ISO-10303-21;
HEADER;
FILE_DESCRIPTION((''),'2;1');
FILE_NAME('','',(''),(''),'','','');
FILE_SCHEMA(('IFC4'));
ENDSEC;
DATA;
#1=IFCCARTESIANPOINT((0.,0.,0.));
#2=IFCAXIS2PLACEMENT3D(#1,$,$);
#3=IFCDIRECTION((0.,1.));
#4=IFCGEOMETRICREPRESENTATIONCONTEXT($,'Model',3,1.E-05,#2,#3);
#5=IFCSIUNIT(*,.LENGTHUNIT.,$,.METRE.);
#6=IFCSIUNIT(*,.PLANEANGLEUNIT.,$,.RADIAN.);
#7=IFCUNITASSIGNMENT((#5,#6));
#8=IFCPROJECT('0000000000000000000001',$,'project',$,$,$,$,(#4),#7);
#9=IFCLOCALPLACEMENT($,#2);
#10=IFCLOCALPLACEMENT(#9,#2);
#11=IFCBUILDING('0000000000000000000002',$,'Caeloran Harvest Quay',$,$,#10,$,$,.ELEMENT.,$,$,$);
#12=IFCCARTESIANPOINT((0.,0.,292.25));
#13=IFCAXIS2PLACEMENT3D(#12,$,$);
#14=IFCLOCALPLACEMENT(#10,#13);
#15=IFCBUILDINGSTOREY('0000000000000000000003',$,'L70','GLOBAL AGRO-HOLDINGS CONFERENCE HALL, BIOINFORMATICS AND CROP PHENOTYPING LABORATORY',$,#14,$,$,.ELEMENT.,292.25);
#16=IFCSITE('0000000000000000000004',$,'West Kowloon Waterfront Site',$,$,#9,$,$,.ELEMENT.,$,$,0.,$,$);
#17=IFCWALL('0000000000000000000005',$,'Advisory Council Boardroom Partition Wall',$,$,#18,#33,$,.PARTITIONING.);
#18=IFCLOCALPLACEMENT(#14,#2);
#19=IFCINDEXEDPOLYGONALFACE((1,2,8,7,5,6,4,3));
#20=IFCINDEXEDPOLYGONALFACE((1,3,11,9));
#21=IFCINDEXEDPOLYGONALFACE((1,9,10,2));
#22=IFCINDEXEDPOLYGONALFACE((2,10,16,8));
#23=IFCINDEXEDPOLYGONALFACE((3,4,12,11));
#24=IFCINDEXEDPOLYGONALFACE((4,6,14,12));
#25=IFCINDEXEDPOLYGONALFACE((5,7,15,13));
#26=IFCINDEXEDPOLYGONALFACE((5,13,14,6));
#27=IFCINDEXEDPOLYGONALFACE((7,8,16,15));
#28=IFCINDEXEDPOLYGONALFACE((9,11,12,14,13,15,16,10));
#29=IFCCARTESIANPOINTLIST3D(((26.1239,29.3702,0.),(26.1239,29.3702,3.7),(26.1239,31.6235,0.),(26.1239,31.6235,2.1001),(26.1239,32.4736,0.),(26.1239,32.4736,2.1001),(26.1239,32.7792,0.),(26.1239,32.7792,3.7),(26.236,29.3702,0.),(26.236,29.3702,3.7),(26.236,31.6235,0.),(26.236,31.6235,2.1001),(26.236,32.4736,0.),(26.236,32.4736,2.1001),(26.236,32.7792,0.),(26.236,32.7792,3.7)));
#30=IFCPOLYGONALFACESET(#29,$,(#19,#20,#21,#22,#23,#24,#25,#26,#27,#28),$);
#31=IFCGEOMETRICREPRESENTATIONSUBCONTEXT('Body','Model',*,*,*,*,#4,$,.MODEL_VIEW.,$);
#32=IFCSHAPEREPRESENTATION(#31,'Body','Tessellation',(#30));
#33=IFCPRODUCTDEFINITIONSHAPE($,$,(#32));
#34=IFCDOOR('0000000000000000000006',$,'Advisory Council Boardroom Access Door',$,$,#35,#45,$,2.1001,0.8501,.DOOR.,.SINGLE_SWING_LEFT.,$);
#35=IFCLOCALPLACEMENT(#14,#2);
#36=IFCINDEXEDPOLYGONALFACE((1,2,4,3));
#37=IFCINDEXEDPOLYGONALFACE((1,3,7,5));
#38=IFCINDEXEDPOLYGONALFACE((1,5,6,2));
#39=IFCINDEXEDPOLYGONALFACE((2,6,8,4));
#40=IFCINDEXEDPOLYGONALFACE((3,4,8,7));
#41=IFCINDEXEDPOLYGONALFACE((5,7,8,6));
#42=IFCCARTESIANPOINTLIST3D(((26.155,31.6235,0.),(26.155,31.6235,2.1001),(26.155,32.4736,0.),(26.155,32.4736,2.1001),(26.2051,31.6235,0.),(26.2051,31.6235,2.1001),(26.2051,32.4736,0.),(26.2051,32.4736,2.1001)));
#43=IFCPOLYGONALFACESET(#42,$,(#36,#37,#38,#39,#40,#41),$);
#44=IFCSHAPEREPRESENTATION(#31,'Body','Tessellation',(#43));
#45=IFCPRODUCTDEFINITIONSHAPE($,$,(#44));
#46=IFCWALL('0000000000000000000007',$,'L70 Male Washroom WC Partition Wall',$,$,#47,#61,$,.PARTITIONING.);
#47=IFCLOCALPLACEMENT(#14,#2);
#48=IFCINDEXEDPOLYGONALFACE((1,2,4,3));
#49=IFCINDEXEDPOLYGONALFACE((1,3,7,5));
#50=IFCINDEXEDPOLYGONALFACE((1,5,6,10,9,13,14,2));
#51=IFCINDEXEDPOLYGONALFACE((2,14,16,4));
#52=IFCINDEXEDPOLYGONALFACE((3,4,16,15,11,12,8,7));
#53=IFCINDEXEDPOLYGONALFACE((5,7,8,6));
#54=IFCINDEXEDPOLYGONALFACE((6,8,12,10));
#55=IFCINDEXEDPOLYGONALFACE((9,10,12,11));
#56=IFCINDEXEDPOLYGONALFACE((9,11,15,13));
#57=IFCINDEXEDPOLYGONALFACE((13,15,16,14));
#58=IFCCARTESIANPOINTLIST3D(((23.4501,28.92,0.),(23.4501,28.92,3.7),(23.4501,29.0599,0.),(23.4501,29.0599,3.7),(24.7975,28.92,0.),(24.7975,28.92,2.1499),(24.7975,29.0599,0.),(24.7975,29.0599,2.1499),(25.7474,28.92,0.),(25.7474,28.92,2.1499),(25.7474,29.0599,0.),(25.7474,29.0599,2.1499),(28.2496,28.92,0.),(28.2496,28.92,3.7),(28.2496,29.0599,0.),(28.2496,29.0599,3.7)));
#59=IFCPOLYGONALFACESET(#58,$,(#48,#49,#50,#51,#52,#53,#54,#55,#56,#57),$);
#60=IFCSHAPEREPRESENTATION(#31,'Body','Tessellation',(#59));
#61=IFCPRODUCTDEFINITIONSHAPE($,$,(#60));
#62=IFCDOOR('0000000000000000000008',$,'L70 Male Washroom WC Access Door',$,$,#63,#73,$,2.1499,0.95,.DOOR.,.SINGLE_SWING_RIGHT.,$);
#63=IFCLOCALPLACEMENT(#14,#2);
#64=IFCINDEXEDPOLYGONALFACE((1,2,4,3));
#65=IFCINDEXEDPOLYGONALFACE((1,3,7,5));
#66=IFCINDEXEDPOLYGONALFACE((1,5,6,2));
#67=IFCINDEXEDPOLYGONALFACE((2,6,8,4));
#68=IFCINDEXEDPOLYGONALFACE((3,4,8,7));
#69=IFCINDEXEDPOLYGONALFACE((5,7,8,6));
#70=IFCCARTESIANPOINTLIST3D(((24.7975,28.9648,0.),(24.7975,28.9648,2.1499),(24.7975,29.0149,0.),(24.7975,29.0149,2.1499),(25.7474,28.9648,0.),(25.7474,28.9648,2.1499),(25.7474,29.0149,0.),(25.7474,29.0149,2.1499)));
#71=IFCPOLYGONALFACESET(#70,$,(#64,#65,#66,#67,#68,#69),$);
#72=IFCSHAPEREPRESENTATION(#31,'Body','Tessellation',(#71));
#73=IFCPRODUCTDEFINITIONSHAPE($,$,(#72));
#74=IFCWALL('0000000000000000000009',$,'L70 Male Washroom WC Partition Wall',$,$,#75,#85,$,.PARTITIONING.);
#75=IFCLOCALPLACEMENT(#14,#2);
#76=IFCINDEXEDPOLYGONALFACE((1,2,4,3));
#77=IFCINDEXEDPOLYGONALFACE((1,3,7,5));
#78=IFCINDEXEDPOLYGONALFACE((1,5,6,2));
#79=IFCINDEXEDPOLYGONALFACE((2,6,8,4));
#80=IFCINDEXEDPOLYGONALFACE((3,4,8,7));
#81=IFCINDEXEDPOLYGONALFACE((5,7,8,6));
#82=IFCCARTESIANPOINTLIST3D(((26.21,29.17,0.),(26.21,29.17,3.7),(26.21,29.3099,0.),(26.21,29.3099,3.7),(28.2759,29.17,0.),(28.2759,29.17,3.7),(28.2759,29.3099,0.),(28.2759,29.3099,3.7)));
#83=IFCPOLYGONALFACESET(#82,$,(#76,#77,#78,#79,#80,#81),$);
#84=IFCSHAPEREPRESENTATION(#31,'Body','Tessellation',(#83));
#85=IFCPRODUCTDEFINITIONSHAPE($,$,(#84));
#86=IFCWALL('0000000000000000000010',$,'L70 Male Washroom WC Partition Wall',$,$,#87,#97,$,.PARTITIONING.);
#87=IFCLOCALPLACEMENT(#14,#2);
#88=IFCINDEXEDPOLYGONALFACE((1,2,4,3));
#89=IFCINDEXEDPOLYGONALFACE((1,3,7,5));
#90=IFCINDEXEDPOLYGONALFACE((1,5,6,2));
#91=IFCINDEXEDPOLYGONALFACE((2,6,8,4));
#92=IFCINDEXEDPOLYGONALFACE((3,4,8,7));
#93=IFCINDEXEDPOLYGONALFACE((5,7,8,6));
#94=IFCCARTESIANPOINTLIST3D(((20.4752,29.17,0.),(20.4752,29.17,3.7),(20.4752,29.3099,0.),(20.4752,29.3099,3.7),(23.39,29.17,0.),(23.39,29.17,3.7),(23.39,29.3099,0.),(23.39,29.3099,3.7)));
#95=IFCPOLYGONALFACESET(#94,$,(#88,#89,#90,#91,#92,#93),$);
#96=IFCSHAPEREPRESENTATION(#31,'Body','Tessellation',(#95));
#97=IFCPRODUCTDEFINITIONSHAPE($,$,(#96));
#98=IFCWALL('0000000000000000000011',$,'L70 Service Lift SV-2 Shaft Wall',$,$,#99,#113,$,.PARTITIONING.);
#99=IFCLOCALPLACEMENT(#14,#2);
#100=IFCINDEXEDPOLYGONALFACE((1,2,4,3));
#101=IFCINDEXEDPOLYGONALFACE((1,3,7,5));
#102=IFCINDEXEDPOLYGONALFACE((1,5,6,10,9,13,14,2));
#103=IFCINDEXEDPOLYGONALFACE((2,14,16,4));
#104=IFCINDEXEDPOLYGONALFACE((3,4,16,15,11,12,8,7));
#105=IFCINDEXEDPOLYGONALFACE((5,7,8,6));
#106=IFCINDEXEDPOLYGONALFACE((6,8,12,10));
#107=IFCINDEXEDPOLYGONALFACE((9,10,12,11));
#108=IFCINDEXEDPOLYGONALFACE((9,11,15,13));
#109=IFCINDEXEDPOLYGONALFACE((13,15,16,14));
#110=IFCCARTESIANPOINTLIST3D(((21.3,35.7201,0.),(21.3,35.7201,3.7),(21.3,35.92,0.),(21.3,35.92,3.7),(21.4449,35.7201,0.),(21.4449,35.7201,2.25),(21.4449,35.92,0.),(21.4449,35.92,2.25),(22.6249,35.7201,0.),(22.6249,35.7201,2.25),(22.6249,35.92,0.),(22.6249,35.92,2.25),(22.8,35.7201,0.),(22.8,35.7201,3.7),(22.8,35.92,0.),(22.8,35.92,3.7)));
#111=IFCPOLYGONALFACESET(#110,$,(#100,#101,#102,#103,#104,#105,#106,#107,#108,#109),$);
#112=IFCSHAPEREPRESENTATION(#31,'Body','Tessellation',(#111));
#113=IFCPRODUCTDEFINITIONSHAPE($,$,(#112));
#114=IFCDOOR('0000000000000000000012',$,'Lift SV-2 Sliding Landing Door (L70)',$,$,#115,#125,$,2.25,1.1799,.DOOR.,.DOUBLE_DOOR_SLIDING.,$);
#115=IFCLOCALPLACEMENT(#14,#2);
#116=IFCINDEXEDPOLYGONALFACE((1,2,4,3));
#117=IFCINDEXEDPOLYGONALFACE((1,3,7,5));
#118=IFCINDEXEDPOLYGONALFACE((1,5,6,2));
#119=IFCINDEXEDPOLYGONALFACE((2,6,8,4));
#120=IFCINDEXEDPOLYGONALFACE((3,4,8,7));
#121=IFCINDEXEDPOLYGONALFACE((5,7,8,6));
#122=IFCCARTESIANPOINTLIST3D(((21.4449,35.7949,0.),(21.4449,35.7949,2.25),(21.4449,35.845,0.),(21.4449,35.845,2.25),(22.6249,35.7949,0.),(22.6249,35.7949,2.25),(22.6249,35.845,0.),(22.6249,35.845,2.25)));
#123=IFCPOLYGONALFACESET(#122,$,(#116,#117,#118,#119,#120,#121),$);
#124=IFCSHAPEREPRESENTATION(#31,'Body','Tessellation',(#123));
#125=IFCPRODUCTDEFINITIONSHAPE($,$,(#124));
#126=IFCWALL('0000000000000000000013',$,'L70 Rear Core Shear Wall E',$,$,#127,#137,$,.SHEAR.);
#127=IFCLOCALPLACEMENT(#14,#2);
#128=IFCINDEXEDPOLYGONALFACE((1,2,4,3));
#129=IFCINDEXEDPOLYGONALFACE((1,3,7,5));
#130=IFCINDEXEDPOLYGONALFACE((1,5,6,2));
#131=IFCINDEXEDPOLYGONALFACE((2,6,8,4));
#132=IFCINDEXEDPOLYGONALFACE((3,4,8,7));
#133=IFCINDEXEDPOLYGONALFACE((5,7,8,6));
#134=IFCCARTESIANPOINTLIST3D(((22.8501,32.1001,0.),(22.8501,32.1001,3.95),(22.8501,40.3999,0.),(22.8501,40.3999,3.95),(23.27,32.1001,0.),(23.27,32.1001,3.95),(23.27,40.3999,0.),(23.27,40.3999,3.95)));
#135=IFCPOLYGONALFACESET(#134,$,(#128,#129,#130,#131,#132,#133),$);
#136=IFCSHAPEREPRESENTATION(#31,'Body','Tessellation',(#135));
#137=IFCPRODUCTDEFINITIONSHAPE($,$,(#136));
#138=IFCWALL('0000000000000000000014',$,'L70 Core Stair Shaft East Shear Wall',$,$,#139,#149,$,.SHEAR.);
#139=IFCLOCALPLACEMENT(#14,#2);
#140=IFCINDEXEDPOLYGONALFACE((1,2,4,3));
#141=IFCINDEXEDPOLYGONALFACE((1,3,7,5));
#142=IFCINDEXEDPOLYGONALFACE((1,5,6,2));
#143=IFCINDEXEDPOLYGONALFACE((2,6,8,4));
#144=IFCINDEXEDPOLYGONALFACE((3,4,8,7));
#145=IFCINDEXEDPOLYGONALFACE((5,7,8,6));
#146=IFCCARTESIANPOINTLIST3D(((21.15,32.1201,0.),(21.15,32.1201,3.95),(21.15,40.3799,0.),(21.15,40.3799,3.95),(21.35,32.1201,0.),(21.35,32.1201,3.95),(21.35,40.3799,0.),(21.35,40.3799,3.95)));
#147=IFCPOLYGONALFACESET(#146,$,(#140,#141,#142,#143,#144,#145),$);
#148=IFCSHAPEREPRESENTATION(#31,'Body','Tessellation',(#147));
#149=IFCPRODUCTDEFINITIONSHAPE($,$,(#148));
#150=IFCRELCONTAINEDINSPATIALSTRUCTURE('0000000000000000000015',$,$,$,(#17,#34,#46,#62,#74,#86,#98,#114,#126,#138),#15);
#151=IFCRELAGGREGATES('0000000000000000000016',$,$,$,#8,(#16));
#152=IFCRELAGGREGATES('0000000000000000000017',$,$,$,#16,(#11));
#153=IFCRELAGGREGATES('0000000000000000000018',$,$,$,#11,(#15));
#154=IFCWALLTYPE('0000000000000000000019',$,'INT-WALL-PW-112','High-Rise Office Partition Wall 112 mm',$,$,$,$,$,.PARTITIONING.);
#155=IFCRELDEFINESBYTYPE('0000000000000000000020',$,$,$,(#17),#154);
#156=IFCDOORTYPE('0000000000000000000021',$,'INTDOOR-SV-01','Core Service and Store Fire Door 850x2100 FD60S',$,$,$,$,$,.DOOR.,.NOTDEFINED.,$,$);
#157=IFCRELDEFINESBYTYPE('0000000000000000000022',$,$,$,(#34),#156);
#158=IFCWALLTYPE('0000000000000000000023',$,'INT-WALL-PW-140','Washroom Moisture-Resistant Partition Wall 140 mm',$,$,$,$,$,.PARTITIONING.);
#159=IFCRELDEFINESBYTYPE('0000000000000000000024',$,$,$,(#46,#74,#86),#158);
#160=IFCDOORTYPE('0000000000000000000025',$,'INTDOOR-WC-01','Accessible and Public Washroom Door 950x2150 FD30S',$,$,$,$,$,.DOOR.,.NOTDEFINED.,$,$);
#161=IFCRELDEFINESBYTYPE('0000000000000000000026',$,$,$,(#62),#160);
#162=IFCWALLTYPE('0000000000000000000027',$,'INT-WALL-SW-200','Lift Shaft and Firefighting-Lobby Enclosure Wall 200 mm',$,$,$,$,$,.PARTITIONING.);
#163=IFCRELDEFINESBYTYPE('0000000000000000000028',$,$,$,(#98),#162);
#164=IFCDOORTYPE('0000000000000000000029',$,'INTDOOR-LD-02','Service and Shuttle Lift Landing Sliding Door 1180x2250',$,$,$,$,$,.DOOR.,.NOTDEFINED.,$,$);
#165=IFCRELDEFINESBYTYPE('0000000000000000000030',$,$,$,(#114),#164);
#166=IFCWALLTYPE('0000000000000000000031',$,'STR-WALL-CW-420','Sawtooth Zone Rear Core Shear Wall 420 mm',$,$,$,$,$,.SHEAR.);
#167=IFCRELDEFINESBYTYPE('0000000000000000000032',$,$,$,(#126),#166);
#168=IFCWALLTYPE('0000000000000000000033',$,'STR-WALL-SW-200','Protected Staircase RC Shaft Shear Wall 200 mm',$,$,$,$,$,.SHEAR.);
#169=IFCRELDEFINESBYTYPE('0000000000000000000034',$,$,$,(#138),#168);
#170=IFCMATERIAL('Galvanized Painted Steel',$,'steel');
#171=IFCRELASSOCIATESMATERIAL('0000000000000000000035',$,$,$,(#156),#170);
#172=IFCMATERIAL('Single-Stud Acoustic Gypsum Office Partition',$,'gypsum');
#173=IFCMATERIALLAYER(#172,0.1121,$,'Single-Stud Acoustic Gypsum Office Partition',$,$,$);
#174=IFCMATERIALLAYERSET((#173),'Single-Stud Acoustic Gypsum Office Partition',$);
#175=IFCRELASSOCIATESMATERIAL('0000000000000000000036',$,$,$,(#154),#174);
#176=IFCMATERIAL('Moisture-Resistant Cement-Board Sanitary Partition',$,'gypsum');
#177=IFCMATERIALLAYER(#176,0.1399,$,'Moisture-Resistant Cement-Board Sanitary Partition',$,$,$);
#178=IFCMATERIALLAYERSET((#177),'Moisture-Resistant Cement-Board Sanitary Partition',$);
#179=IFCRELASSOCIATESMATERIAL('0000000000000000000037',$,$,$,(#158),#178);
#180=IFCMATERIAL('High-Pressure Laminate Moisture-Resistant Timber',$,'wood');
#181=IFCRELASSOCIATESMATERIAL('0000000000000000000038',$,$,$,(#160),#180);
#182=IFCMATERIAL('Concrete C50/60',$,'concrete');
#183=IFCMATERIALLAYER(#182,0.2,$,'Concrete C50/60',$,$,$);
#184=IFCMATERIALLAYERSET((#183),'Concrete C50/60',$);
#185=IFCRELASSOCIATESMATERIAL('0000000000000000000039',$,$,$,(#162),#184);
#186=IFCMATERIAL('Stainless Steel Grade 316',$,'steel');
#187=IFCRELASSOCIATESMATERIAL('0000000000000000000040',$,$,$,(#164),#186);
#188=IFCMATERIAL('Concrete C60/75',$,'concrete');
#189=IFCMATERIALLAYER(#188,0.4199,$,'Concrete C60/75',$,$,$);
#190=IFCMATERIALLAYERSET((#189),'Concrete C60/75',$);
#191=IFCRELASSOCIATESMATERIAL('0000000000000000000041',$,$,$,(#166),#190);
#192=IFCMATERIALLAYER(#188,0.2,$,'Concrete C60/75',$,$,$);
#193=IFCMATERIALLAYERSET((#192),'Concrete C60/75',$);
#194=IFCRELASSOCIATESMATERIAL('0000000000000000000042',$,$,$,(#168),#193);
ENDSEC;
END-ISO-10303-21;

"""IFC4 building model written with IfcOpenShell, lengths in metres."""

from ifc_helpers import new_model, si_unit, direction, frame, frame_2d, origin, place, context, subcontext, project, spatial, rectangle, extrude, material, layer, layer_set, type_object, element, fill, save


model = new_model("IFC4")

# Units and contexts
model_context = context("Model", 3, precision=1e-05, world=origin(), true_north=direction((0.0, 1.0)))
body_context = subcontext(model_context, "Body", "Model", "MODEL_VIEW")
ifc_project = project(units=[si_unit("LENGTHUNIT", "METRE"), si_unit("PLANEANGLEUNIT", "RADIAN")], contexts=[model_context])

# Site, building, storey
site_placement = place(None, origin())
site = spatial("IfcSite", under=ifc_project, at=site_placement, Name="West Kowloon Waterfront Site", CompositionType="ELEMENT", RefElevation=0.0)
building_placement = place(site_placement, origin())
building = spatial("IfcBuilding", under=site, at=building_placement, Name="Caeloran Harvest Quay", CompositionType="ELEMENT")
storey_placement = place(building_placement, frame((0.0, 0.0, 292.25)))
storey = spatial("IfcBuildingStorey", under=building, at=storey_placement, Name="L70", Description="GLOBAL AGRO-HOLDINGS CONFERENCE HALL, BIOINFORMATICS AND CROP PHENOTYPING LABORATORY", CompositionType="ELEMENT", Elevation=292.25)

# Shared definitions
ifc_material_1 = material(Name="Concrete C60/75", Category="concrete")

# Shared definitions
ifc_material_2 = material(Name="Galvanized Painted Steel", Category="steel")
door_type_1 = type_object("IfcDoorType", Name="INTDOOR-SV-01", Description="Core Service and Store Fire Door 850x2100 FD60S", OperationType="NOTDEFINED", PredefinedType="DOOR", material=ifc_material_2)
ifc_material_3 = material(Name="Single-Stud Acoustic Gypsum Office Partition", Category="gypsum")
ifc_layer_1 = layer(ifc_material_3, 0.1121, Name="Single-Stud Acoustic Gypsum Office Partition")
ifc_layer_set_1 = layer_set([ifc_layer_1], Name="Single-Stud Acoustic Gypsum Office Partition")
wall_type_1 = type_object("IfcWallType", Name="INT-WALL-PW-112", Description="High-Rise Office Partition Wall 112 mm", PredefinedType="PARTITIONING", material=ifc_layer_set_1)

# Walls, openings, doors
wall_1_placement = place(storey_placement, frame((26.1799, 29.3701, 0.0), z_axis=(0.0, 0.0, 1.0), x_axis=(0.0, 1.0, 0.0)))
wall_1 = element("IfcWall", 1, at=wall_1_placement, inside=storey, type_object=wall_type_1, Name="Advisory Council Boardroom Partition Wall", PredefinedType="PARTITIONING", context=body_context, shape_type="SweptSolid", body=[
    extrude(rectangle(XDim=3.4089, YDim=0.1121, at=frame_2d((1.7046, 0.0))), origin(), (0.0, 0.0, 1.0), 3.7),
])
opening_1_placement = place(wall_1_placement, frame((2.2534, 0.0, 0.0)))
opening_1 = element("IfcOpeningElement", 2, at=opening_1_placement, cuts=wall_1, PredefinedType="OPENING", context=body_context, shape_type="SweptSolid", body=[
    extrude(rectangle(XDim=0.8501, YDim=2.1001, at=frame_2d((0.425, 1.05))), frame((0.0, 0.0659, 0.0), z_axis=(0.0, -1.0, 0.0), x_axis=(1.0, 0.0, 0.0)), (0.0, 0.0, 1.0), 0.1321),
])
door_1_placement = place(opening_1_placement, origin())
door_1 = element("IfcDoor", 3, at=door_1_placement, inside=storey, type_object=door_type_1, Name="Advisory Council Boardroom Access Door", OperationType="SINGLE_SWING_LEFT", OverallHeight=2.1001, OverallWidth=0.8501, PredefinedType="DOOR", context=body_context, shape_type="SweptSolid", body=[
    extrude(rectangle(XDim=0.8501, YDim=2.1001, at=frame_2d((0.425, 1.05))), frame((0.0, 0.0249, 0.0), z_axis=(0.0, -1.0, 0.0), x_axis=(1.0, 0.0, 0.0)), (0.0, 0.0, 1.0), 0.05),
])
fill(opening_1, door_1)
ifc_material_4 = material(Name="Moisture-Resistant Cement-Board Sanitary Partition", Category="gypsum")
ifc_layer_2 = layer(ifc_material_4, 0.1399, Name="Moisture-Resistant Cement-Board Sanitary Partition")
ifc_layer_set_2 = layer_set([ifc_layer_2], Name="Moisture-Resistant Cement-Board Sanitary Partition")
wall_type_2 = type_object("IfcWallType", Name="INT-WALL-PW-140", Description="Washroom Moisture-Resistant Partition Wall 140 mm", PredefinedType="PARTITIONING", material=ifc_layer_set_2)
wall_2_placement = place(storey_placement, frame((23.45, 28.99, 0.0), z_axis=(0.0, 0.0, 1.0), x_axis=(1.0, 0.0, 0.0)))
wall_2 = element("IfcWall", 4, at=wall_2_placement, inside=storey, type_object=wall_type_2, Name="L70 Male Washroom WC Partition Wall", PredefinedType="PARTITIONING", context=body_context, shape_type="SweptSolid", body=[
    extrude(rectangle(XDim=4.7996, YDim=0.1399, at=frame_2d((2.3999, 0.0))), origin(), (0.0, 0.0, 1.0), 3.7),
])
opening_2_placement = place(wall_2_placement, frame((1.3474, 0.0, 0.0)))
opening_2 = element("IfcOpeningElement", 5, at=opening_2_placement, cuts=wall_2, PredefinedType="OPENING", context=body_context, shape_type="SweptSolid", body=[
    extrude(rectangle(XDim=0.95, YDim=2.1499, at=frame_2d((0.4751, 1.075))), frame((0.0, 0.0801, 0.0), z_axis=(0.0, -1.0, 0.0), x_axis=(1.0, 0.0, 0.0)), (0.0, 0.0, 1.0), 0.1599),
])
ifc_material_5 = material(Name="High-Pressure Laminate Moisture-Resistant Timber", Category="wood")
door_type_2 = type_object("IfcDoorType", Name="INTDOOR-WC-01", Description="Accessible and Public Washroom Door 950x2150 FD30S", OperationType="NOTDEFINED", PredefinedType="DOOR", material=ifc_material_5)
door_2_placement = place(opening_2_placement, origin())
door_2 = element("IfcDoor", 6, at=door_2_placement, inside=storey, type_object=door_type_2, Name="L70 Male Washroom WC Access Door", OperationType="SINGLE_SWING_RIGHT", OverallHeight=2.1499, OverallWidth=0.95, PredefinedType="DOOR", context=body_context, shape_type="SweptSolid", body=[
    extrude(rectangle(XDim=0.95, YDim=2.1499, at=frame_2d((0.4751, 1.075))), frame((0.0, 0.0249, 0.0), z_axis=(0.0, -1.0, 0.0), x_axis=(1.0, 0.0, 0.0)), (0.0, 0.0, 1.0), 0.05),
])
fill(opening_2, door_2)

# Walls
wall_3_placement = place(storey_placement, frame((26.21, 29.24, 0.0), z_axis=(0.0, 0.0, 1.0), x_axis=(1.0, 0.0, 0.0)))
element("IfcWall", 7, at=wall_3_placement, inside=storey, type_object=wall_type_2, Name="L70 Male Washroom WC Partition Wall", PredefinedType="PARTITIONING", context=body_context, shape_type="SweptSolid", body=[
    extrude(rectangle(XDim=2.0659, YDim=0.1399, at=frame_2d((1.033, 0.0))), origin(), (0.0, 0.0, 1.0), 3.7),
])
wall_4_placement = place(storey_placement, frame((20.4751, 29.24, 0.0), z_axis=(0.0, 0.0, 1.0), x_axis=(1.0, 0.0, 0.0)))
element("IfcWall", 8, at=wall_4_placement, inside=storey, type_object=wall_type_2, Name="L70 Male Washroom WC Partition Wall", PredefinedType="PARTITIONING", context=body_context, shape_type="SweptSolid", body=[
    extrude(rectangle(XDim=2.9148, YDim=0.1399, at=frame_2d((1.4575, 0.0))), origin(), (0.0, 0.0, 1.0), 3.7),
])

# Wall, opening, door
ifc_material_6 = material(Name="Concrete C50/60", Category="concrete")
ifc_layer_3 = layer(ifc_material_6, 0.2, Name="Concrete C50/60")
ifc_layer_set_3 = layer_set([ifc_layer_3], Name="Concrete C50/60")
wall_type_3 = type_object("IfcWallType", Name="INT-WALL-SW-200", Description="Lift Shaft and Firefighting-Lobby Enclosure Wall 200 mm", PredefinedType="PARTITIONING", material=ifc_layer_set_3)
wall_5_placement = place(storey_placement, frame((21.3, 35.8201, 0.0), z_axis=(0.0, 0.0, 1.0), x_axis=(1.0, 0.0, 0.0)))
wall_5 = element("IfcWall", 9, at=wall_5_placement, inside=storey, type_object=wall_type_3, Name="L70 Service Lift SV-2 Shaft Wall", PredefinedType="PARTITIONING", context=body_context, shape_type="SweptSolid", body=[
    extrude(rectangle(XDim=1.5, YDim=0.2, at=frame_2d((0.75, 0.0))), origin(), (0.0, 0.0, 1.0), 3.7),
])
opening_3_placement = place(wall_5_placement, frame((0.145, 0.0, 0.0)))
opening_3 = element("IfcOpeningElement", 10, at=opening_3_placement, cuts=wall_5, PredefinedType="OPENING", context=body_context, shape_type="SweptSolid", body=[
    extrude(rectangle(XDim=1.1799, YDim=2.25, at=frame_2d((0.5898, 1.125))), frame((0.0, 0.1099, 0.0), z_axis=(0.0, -1.0, 0.0), x_axis=(1.0, 0.0, 0.0)), (0.0, 0.0, 1.0), 0.22),
])
ifc_material_7 = material(Name="Stainless Steel Grade 316", Category="steel")
door_type_3 = type_object("IfcDoorType", Name="INTDOOR-LD-02", Description="Service and Shuttle Lift Landing Sliding Door 1180x2250", OperationType="NOTDEFINED", PredefinedType="DOOR", material=ifc_material_7)
door_3_placement = place(opening_3_placement, origin())
door_3 = element("IfcDoor", 11, at=door_3_placement, inside=storey, type_object=door_type_3, Name="Lift SV-2 Sliding Landing Door (L70)", OperationType="DOUBLE_DOOR_SLIDING", OverallHeight=2.25, OverallWidth=1.1799, PredefinedType="DOOR", context=body_context, shape_type="SweptSolid", body=[
    extrude(rectangle(XDim=1.1799, YDim=2.25, at=frame_2d((0.5898, 1.125))), frame((0.0, 0.0249, 0.0), z_axis=(0.0, -1.0, 0.0), x_axis=(1.0, 0.0, 0.0)), (0.0, 0.0, 1.0), 0.05),
])
fill(opening_3, door_3)

# Walls
ifc_layer_4 = layer(ifc_material_1, 0.4199, Name="Concrete C60/75")
ifc_layer_set_4 = layer_set([ifc_layer_4], Name="Concrete C60/75")
wall_type_4 = type_object("IfcWallType", Name="STR-WALL-CW-420", Description="Sawtooth Zone Rear Core Shear Wall 420 mm", PredefinedType="SHEAR", material=ifc_layer_set_4)
wall_6_placement = place(storey_placement, frame((23.0601, 32.1001, 0.0), z_axis=(0.0, 0.0, 1.0), x_axis=(0.0, 1.0, 0.0)))
element("IfcWall", 12, at=wall_6_placement, inside=storey, type_object=wall_type_4, Name="L70 Rear Core Shear Wall E", PredefinedType="SHEAR", context=body_context, shape_type="SweptSolid", body=[
    extrude(rectangle(XDim=8.2998, YDim=0.4199, at=frame_2d((4.1499, 0.0))), origin(), (0.0, 0.0, 1.0), 3.95),
])
ifc_layer_5 = layer(ifc_material_1, 0.2, Name="Concrete C60/75")
ifc_layer_set_5 = layer_set([ifc_layer_5], Name="Concrete C60/75")
wall_type_5 = type_object("IfcWallType", Name="STR-WALL-SW-200", Description="Protected Staircase RC Shaft Shear Wall 200 mm", PredefinedType="SHEAR", material=ifc_layer_set_5)
wall_7_placement = place(storey_placement, frame((21.25, 32.1201, 0.0), z_axis=(0.0, 0.0, 1.0), x_axis=(0.0, 1.0, 0.0)))
element("IfcWall", 13, at=wall_7_placement, inside=storey, type_object=wall_type_5, Name="L70 Core Stair Shaft East Shear Wall", PredefinedType="SHEAR", context=body_context, shape_type="SweptSolid", body=[
    extrude(rectangle(XDim=8.2598, YDim=0.2, at=frame_2d((4.1299, 0.0))), origin(), (0.0, 0.0, 1.0), 3.95),
])

save(model, "model.ifc")
